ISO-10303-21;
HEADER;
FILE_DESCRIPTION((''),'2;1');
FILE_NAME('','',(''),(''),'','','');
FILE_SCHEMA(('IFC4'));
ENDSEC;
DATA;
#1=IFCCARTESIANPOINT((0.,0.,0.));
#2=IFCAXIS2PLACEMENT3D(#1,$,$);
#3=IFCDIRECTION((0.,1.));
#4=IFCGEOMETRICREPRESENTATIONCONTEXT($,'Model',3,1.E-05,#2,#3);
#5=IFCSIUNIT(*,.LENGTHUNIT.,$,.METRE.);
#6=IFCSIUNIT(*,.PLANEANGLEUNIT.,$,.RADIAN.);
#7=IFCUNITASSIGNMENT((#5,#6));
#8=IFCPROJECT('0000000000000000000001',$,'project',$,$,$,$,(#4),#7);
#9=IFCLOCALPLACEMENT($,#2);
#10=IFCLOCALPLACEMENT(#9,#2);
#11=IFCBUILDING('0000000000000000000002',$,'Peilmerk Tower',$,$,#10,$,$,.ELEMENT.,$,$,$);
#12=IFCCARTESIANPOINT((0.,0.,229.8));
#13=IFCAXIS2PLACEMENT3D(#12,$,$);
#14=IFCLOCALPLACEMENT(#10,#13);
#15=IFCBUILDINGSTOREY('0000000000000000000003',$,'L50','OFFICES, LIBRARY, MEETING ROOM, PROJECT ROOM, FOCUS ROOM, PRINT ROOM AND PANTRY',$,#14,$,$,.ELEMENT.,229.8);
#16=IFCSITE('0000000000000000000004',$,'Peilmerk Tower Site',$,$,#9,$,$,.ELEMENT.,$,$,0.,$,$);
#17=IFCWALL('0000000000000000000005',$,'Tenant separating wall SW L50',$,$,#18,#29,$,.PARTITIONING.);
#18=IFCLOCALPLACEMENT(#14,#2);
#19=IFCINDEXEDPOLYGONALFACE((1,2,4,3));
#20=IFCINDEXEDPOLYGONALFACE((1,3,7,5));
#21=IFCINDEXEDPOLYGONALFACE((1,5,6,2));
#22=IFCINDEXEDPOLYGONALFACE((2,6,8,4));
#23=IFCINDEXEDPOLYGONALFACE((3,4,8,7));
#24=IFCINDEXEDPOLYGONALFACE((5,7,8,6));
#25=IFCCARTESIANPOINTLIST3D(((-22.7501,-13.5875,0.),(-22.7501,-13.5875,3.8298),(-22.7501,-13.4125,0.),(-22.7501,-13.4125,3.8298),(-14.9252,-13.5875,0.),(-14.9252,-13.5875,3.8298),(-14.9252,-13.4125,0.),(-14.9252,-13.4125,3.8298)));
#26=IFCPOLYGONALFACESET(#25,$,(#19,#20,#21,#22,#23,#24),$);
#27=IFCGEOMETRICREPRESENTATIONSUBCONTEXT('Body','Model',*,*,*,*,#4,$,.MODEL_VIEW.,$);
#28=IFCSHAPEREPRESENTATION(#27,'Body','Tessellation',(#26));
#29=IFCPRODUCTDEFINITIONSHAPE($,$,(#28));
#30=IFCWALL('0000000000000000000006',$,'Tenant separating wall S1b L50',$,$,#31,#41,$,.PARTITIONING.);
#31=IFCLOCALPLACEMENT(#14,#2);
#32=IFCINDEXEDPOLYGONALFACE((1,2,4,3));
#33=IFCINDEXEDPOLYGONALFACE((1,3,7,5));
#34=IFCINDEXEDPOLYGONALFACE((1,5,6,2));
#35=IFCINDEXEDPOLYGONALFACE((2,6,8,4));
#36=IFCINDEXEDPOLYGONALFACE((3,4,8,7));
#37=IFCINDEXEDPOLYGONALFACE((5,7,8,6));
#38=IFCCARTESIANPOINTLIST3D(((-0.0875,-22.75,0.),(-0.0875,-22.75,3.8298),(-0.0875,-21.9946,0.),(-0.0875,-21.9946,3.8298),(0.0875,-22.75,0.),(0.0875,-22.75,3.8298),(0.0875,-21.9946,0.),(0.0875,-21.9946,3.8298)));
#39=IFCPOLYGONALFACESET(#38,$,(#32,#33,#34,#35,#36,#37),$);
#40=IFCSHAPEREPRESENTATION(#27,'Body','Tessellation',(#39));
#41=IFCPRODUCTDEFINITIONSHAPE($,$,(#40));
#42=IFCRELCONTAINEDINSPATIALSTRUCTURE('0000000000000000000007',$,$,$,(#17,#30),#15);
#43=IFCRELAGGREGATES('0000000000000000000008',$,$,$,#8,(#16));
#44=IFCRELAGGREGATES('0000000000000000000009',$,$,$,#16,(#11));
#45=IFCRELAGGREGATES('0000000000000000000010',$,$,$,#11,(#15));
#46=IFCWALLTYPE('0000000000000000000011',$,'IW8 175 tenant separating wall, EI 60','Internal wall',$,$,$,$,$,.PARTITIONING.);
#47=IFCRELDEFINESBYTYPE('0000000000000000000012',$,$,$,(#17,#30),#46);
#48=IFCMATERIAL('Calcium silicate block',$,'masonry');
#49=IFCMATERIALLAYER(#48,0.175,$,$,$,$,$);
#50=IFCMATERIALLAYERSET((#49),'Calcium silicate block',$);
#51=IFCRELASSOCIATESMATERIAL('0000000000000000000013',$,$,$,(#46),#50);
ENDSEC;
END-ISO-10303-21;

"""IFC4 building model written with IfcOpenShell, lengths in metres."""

from ifc_helpers import new_model, si_unit, direction, frame, frame_2d, origin, place, context, subcontext, project, spatial, rectangle, extrude, material, layer, layer_set, type_object, element, save


model = new_model("IFC4")

# Units and contexts
model_context = context("Model", 3, precision=1e-05, world=origin(), true_north=direction((0.0, 1.0)))
body_context = subcontext(model_context, "Body", "Model", "MODEL_VIEW")
ifc_project = project(units=[si_unit("LENGTHUNIT", "METRE"), si_unit("PLANEANGLEUNIT", "RADIAN")], contexts=[model_context])

# Site, building, storey
site_placement = place(None, origin())
site = spatial("IfcSite", under=ifc_project, at=site_placement, Name="Peilmerk Tower Site", CompositionType="ELEMENT", RefElevation=0.0)
building_placement = place(site_placement, origin())
building = spatial("IfcBuilding", under=site, at=building_placement, Name="Peilmerk Tower", CompositionType="ELEMENT")
storey_placement = place(building_placement, frame((0.0, 0.0, 229.8)))
storey = spatial("IfcBuildingStorey", under=building, at=storey_placement, Name="L50", Description="OFFICES, LIBRARY, MEETING ROOM, PROJECT ROOM, FOCUS ROOM, PRINT ROOM AND PANTRY", CompositionType="ELEMENT", Elevation=229.8)

# Shared definitions
ifc_material_1 = material(Name="Calcium silicate block", Category="masonry")

# Walls
ifc_layer_1 = layer(ifc_material_1, 0.175)
ifc_layer_set_1 = layer_set([ifc_layer_1], Name="Calcium silicate block")
wall_type_1 = type_object("IfcWallType", Name="IW8 175 tenant separating wall, EI 60", Description="Internal wall", PredefinedType="PARTITIONING", material=ifc_layer_set_1)
wall_1_placement = place(storey_placement, frame((-14.925, -13.5, 0.0), z_axis=(0.0, 0.0, 1.0), x_axis=(-1.0, 0.0, 0.0)))
element("IfcWall", 1, at=wall_1_placement, inside=storey, type_object=wall_type_1, Name="Tenant separating wall SW L50", PredefinedType="PARTITIONING", context=body_context, shape_type="SweptSolid", body=[
    extrude(rectangle(XDim=7.825, YDim=0.175, at=frame_2d((3.9126, 0.0))), origin(), (0.0, 0.0, 1.0), 3.8298),
])
wall_2_placement = place(storey_placement, frame((0.0, -21.9946, 0.0), z_axis=(0.0, 0.0, 1.0), x_axis=(0.0, -1.0, 0.0)))
element("IfcWall", 2, at=wall_2_placement, inside=storey, type_object=wall_type_1, Name="Tenant separating wall S1b L50", PredefinedType="PARTITIONING", context=body_context, shape_type="SweptSolid", body=[
    extrude(rectangle(XDim=0.7554, YDim=0.175, at=frame_2d((0.3777, 0.0))), origin(), (0.0, 0.0, 1.0), 3.8298),
])

save(model, "model.ifc")
